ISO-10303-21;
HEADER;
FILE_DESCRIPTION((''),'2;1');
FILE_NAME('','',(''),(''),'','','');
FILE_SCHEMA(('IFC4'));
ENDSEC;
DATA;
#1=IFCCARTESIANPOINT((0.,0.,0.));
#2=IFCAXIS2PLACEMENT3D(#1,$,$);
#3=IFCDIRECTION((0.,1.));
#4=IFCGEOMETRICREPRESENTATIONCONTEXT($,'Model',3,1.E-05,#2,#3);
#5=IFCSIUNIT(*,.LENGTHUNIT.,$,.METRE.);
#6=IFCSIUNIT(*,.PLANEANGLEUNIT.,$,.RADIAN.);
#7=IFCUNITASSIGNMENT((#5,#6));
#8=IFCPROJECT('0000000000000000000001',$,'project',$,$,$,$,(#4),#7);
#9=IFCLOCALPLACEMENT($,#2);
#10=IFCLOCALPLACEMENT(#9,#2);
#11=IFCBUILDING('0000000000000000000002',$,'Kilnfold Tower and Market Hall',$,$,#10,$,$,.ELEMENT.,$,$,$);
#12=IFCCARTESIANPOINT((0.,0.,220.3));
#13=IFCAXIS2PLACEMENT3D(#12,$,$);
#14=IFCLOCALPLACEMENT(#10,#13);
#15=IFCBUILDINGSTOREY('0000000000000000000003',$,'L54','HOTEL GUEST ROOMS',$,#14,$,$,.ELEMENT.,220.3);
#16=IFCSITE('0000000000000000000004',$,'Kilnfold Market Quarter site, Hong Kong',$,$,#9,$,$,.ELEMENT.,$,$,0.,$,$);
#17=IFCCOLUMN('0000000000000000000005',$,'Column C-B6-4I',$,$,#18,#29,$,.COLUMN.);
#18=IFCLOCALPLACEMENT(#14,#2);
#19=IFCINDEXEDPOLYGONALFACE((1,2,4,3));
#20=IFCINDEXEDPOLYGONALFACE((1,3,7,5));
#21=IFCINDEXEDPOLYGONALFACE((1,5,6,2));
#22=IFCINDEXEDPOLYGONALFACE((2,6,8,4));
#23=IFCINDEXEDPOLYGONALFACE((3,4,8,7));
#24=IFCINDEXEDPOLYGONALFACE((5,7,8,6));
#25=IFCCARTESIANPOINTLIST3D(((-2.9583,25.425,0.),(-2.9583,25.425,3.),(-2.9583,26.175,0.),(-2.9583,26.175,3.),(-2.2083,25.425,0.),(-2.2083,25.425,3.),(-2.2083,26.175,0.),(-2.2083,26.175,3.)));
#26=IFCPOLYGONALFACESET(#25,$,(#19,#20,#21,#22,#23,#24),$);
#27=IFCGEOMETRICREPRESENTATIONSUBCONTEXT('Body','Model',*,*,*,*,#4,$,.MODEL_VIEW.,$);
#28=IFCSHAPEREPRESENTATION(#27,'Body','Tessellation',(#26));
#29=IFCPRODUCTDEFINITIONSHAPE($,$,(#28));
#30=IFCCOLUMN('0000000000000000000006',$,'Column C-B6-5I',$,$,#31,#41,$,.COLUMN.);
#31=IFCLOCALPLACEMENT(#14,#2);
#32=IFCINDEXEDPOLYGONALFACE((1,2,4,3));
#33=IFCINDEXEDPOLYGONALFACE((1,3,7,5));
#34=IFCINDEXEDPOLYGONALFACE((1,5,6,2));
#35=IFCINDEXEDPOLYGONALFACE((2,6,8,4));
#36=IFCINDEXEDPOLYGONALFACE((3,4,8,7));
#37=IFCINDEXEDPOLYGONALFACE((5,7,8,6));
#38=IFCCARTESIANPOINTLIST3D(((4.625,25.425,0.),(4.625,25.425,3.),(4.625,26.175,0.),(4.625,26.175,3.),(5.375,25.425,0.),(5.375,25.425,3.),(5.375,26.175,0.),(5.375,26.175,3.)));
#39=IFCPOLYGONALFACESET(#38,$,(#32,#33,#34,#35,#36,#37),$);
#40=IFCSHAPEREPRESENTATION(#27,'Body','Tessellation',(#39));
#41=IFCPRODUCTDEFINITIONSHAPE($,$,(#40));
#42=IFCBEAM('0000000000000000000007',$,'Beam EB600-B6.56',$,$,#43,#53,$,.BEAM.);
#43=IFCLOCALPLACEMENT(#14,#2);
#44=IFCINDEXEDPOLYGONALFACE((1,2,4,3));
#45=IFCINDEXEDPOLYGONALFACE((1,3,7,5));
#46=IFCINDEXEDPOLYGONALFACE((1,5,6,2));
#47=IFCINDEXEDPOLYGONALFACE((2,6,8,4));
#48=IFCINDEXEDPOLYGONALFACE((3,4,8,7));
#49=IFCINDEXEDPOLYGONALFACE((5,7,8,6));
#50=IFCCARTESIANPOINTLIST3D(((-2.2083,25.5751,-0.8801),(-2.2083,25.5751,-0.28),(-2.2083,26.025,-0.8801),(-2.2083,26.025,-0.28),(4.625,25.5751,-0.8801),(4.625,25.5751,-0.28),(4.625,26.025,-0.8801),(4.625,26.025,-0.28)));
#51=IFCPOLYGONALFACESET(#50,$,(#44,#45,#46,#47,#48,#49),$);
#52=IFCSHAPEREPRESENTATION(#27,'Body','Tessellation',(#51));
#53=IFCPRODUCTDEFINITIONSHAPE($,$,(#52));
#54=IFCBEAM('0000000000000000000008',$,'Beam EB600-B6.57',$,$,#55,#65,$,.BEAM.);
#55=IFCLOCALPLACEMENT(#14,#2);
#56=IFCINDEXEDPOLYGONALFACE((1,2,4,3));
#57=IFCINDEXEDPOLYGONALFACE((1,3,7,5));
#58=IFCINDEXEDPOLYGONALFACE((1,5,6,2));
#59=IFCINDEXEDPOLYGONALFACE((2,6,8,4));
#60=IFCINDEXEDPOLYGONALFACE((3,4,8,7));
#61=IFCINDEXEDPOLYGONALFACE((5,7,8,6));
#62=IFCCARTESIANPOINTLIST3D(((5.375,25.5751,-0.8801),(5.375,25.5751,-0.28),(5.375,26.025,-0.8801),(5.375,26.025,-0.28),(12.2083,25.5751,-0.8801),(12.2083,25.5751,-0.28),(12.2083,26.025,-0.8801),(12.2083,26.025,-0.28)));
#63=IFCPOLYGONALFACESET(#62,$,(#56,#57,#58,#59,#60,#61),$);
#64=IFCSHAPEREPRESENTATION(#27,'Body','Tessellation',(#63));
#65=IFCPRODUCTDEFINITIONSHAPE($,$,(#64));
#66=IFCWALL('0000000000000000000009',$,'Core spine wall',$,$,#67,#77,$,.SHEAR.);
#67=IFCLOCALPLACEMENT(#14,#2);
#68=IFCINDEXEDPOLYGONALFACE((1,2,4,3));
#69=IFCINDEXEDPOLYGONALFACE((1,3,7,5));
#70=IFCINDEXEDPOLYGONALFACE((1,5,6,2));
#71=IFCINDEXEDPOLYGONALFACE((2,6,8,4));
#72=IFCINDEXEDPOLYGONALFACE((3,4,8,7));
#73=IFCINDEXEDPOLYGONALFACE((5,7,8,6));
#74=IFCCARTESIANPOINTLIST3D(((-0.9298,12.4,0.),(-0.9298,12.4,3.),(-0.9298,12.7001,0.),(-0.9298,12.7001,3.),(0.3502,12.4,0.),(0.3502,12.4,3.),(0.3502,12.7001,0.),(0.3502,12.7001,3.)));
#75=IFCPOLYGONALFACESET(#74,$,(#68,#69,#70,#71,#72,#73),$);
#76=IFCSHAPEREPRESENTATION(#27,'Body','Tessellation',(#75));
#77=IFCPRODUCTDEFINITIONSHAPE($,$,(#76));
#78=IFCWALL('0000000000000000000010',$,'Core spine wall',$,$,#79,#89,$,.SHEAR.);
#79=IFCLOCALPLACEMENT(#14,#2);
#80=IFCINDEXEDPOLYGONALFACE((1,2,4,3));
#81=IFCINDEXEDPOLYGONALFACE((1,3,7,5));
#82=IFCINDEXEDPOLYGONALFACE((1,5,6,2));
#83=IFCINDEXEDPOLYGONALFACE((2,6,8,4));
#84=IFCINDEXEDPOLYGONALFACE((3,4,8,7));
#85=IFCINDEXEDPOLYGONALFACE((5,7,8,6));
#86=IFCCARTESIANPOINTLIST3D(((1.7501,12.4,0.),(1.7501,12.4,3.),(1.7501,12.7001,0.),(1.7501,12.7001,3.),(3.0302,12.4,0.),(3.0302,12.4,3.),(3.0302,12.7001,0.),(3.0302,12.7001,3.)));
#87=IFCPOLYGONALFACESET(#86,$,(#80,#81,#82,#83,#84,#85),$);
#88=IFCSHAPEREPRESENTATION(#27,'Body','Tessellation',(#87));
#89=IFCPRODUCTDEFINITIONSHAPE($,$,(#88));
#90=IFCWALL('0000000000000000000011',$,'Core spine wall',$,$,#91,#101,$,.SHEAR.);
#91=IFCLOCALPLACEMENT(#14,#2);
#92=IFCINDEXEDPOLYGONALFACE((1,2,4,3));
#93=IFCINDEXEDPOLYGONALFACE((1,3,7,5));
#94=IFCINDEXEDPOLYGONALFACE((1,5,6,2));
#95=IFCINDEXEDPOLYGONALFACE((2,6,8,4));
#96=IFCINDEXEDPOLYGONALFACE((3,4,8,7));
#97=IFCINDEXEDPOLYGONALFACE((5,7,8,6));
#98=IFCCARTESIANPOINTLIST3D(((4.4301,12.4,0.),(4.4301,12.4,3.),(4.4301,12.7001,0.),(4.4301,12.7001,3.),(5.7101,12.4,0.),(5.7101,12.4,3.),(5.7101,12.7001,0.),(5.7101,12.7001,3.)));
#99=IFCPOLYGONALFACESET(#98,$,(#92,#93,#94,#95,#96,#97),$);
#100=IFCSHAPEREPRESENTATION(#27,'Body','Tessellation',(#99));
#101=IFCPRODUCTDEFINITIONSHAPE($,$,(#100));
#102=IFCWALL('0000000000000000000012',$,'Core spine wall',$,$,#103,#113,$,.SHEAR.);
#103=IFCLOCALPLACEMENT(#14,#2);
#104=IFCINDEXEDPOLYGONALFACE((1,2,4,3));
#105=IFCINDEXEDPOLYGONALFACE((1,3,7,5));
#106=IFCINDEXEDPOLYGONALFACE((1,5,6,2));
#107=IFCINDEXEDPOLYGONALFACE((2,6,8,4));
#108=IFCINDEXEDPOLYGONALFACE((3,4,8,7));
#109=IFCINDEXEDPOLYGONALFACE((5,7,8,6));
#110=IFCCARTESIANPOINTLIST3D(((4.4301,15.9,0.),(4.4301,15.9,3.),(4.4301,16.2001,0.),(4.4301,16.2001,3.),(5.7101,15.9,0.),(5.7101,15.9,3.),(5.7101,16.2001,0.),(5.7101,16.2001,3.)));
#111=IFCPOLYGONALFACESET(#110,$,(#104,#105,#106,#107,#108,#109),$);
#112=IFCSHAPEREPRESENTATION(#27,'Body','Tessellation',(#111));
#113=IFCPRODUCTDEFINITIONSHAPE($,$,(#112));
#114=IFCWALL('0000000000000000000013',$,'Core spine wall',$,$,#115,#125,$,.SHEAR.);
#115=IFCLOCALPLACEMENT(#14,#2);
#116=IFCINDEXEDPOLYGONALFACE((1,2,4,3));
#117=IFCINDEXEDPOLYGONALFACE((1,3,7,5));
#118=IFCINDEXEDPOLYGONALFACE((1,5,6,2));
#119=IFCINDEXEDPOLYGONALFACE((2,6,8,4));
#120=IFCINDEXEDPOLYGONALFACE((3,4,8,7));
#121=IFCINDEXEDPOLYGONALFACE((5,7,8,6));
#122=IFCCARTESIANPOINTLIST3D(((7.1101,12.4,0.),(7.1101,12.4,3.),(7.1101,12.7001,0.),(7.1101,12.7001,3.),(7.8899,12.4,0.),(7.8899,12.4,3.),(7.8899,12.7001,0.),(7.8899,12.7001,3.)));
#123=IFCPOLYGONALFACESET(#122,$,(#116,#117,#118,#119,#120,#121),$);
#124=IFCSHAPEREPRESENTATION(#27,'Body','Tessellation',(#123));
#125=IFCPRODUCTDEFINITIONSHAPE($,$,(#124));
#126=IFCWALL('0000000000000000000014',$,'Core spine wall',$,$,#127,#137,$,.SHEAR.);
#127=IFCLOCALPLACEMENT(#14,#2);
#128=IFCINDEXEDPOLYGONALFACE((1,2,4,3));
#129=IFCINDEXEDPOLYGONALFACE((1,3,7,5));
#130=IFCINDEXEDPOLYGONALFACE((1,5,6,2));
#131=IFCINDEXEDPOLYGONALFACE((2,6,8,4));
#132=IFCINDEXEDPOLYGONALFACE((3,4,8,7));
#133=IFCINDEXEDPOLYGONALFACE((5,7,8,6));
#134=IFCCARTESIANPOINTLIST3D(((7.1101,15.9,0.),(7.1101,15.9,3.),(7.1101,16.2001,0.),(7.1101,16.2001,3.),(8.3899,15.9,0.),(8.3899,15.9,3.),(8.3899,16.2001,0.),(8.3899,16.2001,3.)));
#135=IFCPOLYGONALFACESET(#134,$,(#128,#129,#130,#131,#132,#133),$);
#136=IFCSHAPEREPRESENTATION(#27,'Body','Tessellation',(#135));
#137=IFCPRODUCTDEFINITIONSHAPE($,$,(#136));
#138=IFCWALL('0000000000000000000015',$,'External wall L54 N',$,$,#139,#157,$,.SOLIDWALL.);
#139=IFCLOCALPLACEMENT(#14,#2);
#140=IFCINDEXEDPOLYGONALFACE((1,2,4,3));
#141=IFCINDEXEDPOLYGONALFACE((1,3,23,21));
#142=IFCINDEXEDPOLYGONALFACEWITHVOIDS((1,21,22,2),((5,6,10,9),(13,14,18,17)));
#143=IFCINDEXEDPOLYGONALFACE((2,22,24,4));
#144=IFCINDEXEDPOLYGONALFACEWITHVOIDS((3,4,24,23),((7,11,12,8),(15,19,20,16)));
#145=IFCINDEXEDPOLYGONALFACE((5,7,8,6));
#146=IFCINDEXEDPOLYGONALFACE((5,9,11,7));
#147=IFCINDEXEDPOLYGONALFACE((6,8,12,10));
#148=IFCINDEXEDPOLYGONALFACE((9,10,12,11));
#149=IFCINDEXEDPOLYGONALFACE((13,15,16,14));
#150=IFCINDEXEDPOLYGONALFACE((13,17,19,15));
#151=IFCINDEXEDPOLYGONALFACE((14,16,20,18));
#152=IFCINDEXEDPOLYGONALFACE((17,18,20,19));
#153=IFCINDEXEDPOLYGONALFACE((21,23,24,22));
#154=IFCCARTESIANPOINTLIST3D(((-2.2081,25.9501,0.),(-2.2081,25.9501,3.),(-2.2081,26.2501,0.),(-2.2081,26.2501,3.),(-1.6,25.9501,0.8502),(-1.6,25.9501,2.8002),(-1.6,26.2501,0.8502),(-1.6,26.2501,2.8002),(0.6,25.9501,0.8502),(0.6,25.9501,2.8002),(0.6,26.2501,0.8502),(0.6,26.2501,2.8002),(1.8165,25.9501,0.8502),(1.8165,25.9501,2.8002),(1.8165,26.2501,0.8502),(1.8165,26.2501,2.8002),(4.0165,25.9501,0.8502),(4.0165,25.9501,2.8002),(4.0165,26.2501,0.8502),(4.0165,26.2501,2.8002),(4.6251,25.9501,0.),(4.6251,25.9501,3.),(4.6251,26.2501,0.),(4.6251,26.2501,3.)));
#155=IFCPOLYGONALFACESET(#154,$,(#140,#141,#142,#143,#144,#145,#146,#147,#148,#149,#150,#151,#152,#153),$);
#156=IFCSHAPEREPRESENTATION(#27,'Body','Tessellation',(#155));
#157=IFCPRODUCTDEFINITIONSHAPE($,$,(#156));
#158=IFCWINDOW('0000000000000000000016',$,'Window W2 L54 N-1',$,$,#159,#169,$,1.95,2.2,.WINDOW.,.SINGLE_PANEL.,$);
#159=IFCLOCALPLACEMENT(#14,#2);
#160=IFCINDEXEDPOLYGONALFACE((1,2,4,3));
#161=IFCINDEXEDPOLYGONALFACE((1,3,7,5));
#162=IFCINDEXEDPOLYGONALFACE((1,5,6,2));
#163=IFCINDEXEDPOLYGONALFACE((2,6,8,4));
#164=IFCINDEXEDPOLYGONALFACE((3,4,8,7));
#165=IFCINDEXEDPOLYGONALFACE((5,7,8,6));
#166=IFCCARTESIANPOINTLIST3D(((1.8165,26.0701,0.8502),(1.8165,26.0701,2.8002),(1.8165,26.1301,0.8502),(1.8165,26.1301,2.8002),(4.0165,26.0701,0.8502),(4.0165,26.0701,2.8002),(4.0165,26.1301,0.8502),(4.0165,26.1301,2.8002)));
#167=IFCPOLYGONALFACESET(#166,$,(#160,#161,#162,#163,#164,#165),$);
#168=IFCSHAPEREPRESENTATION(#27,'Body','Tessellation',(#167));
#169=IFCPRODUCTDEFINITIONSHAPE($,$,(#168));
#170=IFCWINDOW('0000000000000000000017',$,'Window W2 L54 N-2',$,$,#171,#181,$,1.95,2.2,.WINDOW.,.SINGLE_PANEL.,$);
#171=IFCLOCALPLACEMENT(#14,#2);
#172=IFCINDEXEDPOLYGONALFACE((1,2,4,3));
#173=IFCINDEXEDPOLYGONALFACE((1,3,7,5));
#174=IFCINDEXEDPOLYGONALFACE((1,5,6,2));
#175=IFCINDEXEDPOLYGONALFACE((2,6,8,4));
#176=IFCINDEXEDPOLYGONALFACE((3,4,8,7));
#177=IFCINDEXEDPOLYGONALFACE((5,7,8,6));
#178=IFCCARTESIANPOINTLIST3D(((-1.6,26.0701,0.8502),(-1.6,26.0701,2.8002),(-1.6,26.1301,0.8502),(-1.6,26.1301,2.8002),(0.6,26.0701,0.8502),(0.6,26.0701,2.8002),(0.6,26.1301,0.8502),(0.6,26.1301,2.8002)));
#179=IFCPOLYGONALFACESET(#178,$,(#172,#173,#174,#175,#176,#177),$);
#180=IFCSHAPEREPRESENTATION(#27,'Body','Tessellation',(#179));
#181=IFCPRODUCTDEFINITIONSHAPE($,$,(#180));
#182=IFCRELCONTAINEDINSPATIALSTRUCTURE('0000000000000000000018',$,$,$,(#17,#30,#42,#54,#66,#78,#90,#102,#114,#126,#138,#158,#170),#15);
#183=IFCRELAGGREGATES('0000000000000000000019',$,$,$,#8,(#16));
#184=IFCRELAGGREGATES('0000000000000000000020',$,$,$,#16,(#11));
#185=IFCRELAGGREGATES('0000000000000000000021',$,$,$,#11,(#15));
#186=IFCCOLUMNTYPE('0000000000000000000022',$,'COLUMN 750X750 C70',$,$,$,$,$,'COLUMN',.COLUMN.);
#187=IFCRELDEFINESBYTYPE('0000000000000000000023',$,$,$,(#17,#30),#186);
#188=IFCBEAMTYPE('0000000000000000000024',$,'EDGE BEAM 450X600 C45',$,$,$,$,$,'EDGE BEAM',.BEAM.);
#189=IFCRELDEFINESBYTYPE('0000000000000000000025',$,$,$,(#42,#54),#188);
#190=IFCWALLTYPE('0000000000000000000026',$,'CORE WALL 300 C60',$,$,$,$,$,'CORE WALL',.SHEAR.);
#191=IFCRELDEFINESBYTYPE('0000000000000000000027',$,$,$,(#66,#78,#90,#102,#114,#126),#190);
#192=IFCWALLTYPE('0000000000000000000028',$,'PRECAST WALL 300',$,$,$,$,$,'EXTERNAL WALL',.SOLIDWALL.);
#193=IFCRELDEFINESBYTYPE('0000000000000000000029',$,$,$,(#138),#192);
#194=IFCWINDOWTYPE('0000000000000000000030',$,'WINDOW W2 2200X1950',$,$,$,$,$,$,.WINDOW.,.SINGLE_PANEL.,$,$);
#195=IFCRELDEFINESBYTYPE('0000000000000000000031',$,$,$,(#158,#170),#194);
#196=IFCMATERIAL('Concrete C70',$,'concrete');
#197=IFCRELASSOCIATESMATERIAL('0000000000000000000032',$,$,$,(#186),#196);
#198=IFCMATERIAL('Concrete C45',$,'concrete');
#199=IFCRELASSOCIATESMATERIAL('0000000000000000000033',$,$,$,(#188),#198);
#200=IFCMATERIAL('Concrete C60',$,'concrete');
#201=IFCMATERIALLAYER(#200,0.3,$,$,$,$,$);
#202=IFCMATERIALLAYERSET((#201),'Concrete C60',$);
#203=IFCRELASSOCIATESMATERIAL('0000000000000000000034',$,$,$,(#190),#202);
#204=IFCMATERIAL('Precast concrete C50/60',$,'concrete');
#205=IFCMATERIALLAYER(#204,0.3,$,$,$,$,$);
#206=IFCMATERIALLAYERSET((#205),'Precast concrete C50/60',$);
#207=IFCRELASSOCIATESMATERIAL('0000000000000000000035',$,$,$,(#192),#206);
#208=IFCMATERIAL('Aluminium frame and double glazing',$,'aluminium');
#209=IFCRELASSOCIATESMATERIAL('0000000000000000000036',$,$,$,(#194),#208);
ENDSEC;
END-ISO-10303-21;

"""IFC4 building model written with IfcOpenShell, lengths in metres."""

from ifc_helpers import new_model, si_unit, direction, frame, frame_2d, origin, origin_2d, place, context, subcontext, project, spatial, rectangle, extrude, source, transform, mapped, material, layer, layer_set, material_profile, profile_set, type_object, element, fill, save


model = new_model("IFC4")

# Units and contexts
model_context = context("Model", 3, precision=1e-05, world=origin(), true_north=direction((0.0, 1.0)))
body_context = subcontext(model_context, "Body", "Model", "MODEL_VIEW")
ifc_project = project(units=[si_unit("LENGTHUNIT", "METRE"), si_unit("PLANEANGLEUNIT", "RADIAN")], contexts=[model_context])

# Site, building, storey
site_placement = place(None, origin())
site = spatial("IfcSite", under=ifc_project, at=site_placement, Name="Kilnfold Market Quarter site, Hong Kong", CompositionType="ELEMENT", RefElevation=0.0)
building_placement = place(site_placement, origin())
building = spatial("IfcBuilding", under=site, at=building_placement, Name="Kilnfold Tower and Market Hall", CompositionType="ELEMENT")
storey_placement = place(building_placement, frame((0.0, 0.0, 220.3)))
storey = spatial("IfcBuildingStorey", under=building, at=storey_placement, Name="L54", Description="HOTEL GUEST ROOMS", CompositionType="ELEMENT", Elevation=220.3)

# Columns
ifc_material_1 = material(Name="Concrete C70", Category="concrete")
ifc_material_profile_1 = material_profile(ifc_material_1, rectangle(XDim=0.75, YDim=0.75, at=origin_2d()), Name="RC 750x750")
ifc_profile_set_1 = profile_set([ifc_material_profile_1], Name="Concrete C70")
column_type = type_object("IfcColumnType", Name="COLUMN 750X750 C70", ElementType="COLUMN", PredefinedType="COLUMN", material=ifc_profile_set_1)
shared_shape_1 = source(origin(), body_context, "Body", "SweptSolid", [
    extrude(rectangle(XDim=0.75, YDim=0.75, at=origin_2d()), origin(), (0.0, 0.0, 1.0), 3.0),
])
for number, where, z_axis, x_axis, name in (
    (1, (-2.5833, 25.8, 0.0), (0.0, 0.0, 1.0), (1.0, 0.0, 0.0), "Column C-B6-4I"),
    (2, (5.0, 25.8, 0.0), (0.0, 0.0, 1.0), (1.0, 0.0, 0.0), "Column C-B6-5I"),
):
    element("IfcColumn", number, at=place(storey_placement, frame(where, z_axis=z_axis, x_axis=x_axis)), inside=storey, type_object=column_type, Name=name, PredefinedType="COLUMN", context=body_context, shape_type="MappedRepresentation", body=[
        mapped(shared_shape_1, transform((0.0, 0.0, 0.0))),
    ])

# Beams
ifc_material_2 = material(Name="Concrete C45", Category="concrete")
ifc_material_profile_2 = material_profile(ifc_material_2, rectangle(XDim=0.45, YDim=0.6001, at=origin_2d()), Name="RC 450x600")
ifc_profile_set_2 = profile_set([ifc_material_profile_2], Name="Concrete C45")
beam_type = type_object("IfcBeamType", Name="EDGE BEAM 450X600 C45", ElementType="EDGE BEAM", PredefinedType="BEAM", material=ifc_profile_set_2)
shared_shape_2 = source(origin(), body_context, "Body", "SweptSolid", [
    extrude(rectangle(XDim=0.45, YDim=0.6001, at=origin_2d()), origin(), (0.0, 0.0, 1.0), 6.8333),
])
for number, where, z_axis, x_axis, name in (
    (3, (-2.2083, 25.8, -0.5801), (1.0, 0.0, 0.0), (0.0, 1.0, 0.0), "Beam EB600-B6.56"),
    (4, (5.375, 25.8, -0.5801), (1.0, 0.0, 0.0), (0.0, 1.0, 0.0), "Beam EB600-B6.57"),
):
    element("IfcBeam", number, at=place(storey_placement, frame(where, z_axis=z_axis, x_axis=x_axis)), inside=storey, type_object=beam_type, Name=name, PredefinedType="BEAM", context=body_context, shape_type="MappedRepresentation", body=[
        mapped(shared_shape_2, transform((0.0, 0.0, 0.0))),
    ])

# Walls
ifc_material_3 = material(Name="Concrete C60", Category="concrete")
ifc_layer_1 = layer(ifc_material_3, 0.3)
ifc_layer_set_1 = layer_set([ifc_layer_1], Name="Concrete C60")
wall_type_1 = type_object("IfcWallType", Name="CORE WALL 300 C60", ElementType="CORE WALL", PredefinedType="SHEAR", material=ifc_layer_set_1)
shared_shape_3 = source(origin(), body_context, "Body", "SweptSolid", [
    extrude(rectangle(XDim=1.28, YDim=0.3, at=frame_2d((0.6401, 0.0))), origin(), (0.0, 0.0, 1.0), 3.0),
])
for number, where, z_axis, x_axis, name in (
    (5, (-0.9299, 12.55, 0.0), (0.0, 0.0, 1.0), (1.0, 0.0, 0.0), "Core spine wall"),
    (6, (1.75, 12.55, 0.0), (0.0, 0.0, 1.0), (1.0, 0.0, 0.0), "Core spine wall"),
    (7, (4.4299, 12.55, 0.0), (0.0, 0.0, 1.0), (1.0, 0.0, 0.0), "Core spine wall"),
    (8, (4.4299, 16.05, 0.0), (0.0, 0.0, 1.0), (1.0, 0.0, 0.0), "Core spine wall"),
):
    element("IfcWall", number, at=place(storey_placement, frame(where, z_axis=z_axis, x_axis=x_axis)), inside=storey, type_object=wall_type_1, Name=name, PredefinedType="SHEAR", context=body_context, shape_type="MappedRepresentation", body=[
        mapped(shared_shape_3, transform((0.0, 0.0, 0.0))),
    ])
shared_shape_4 = source(origin(), body_context, "Body", "SweptSolid", [
    extrude(rectangle(XDim=0.7798, YDim=0.3, at=frame_2d((0.3899, 0.0))), origin(), (0.0, 0.0, 1.0), 3.0),
])
wall_1_placement = place(storey_placement, frame((7.1101, 12.55, 0.0), z_axis=(0.0, 0.0, 1.0), x_axis=(1.0, 0.0, 0.0)))
element("IfcWall", 9, at=wall_1_placement, inside=storey, type_object=wall_type_1, Name="Core spine wall", PredefinedType="SHEAR", context=body_context, shape_type="MappedRepresentation", body=[
    mapped(shared_shape_4, transform((0.0, 0.0, 0.0))),
])
shared_shape_5 = source(origin(), body_context, "Body", "SweptSolid", [
    extrude(rectangle(XDim=1.2798, YDim=0.3, at=frame_2d((0.6399, 0.0))), origin(), (0.0, 0.0, 1.0), 3.0),
])
wall_2_placement = place(storey_placement, frame((7.1101, 16.05, 0.0), z_axis=(0.0, 0.0, 1.0), x_axis=(1.0, 0.0, 0.0)))
element("IfcWall", 10, at=wall_2_placement, inside=storey, type_object=wall_type_1, Name="Core spine wall", PredefinedType="SHEAR", context=body_context, shape_type="MappedRepresentation", body=[
    mapped(shared_shape_5, transform((0.0, 0.0, 0.0))),
])

# Wall, openings, windows
ifc_material_4 = material(Name="Precast concrete C50/60", Category="concrete")
ifc_layer_2 = layer(ifc_material_4, 0.3)
ifc_layer_set_2 = layer_set([ifc_layer_2], Name="Precast concrete C50/60")
wall_type_2 = type_object("IfcWallType", Name="PRECAST WALL 300", ElementType="EXTERNAL WALL", PredefinedType="SOLIDWALL", material=ifc_layer_set_2)
shared_shape_6 = source(origin(), body_context, "Body", "SweptSolid", [
    extrude(rectangle(XDim=6.8333, YDim=0.3, at=frame_2d((3.4165, 0.0))), origin(), (0.0, 0.0, 1.0), 3.0),
])
wall_3_placement = place(storey_placement, frame((4.625, 26.1001, 0.0), z_axis=(0.0, 0.0, 1.0), x_axis=(-1.0, 0.0, 0.0)))
wall_3 = element("IfcWall", 11, at=wall_3_placement, inside=storey, type_object=wall_type_2, Name="External wall L54 N", PredefinedType="SOLIDWALL", context=body_context, shape_type="MappedRepresentation", body=[
    mapped(shared_shape_6, transform((0.0, 0.0, 0.0))),
])
opening_1_placement = place(wall_3_placement, frame((0.6084, 0.0, 0.8501)))
opening_1 = element("IfcOpeningElement", 12, at=opening_1_placement, cuts=wall_3, PredefinedType="OPENING", context=body_context, shape_type="SweptSolid", body=[
    extrude(rectangle(XDim=2.2, YDim=1.95, at=frame_2d((1.1001, 0.9751))), frame((0.0, 0.1602, 0.0), z_axis=(0.0, -1.0, 0.0), x_axis=(1.0, 0.0, 0.0)), (0.0, 0.0, 1.0), 0.3201),
])
opening_2_placement = place(wall_3_placement, frame((4.0249, 0.0, 0.8501)))
opening_2 = element("IfcOpeningElement", 13, at=opening_2_placement, cuts=wall_3, PredefinedType="OPENING", context=body_context, shape_type="SweptSolid", body=[
    extrude(rectangle(XDim=2.2, YDim=1.95, at=frame_2d((1.1001, 0.9751))), frame((0.0, 0.1602, 0.0), z_axis=(0.0, -1.0, 0.0), x_axis=(1.0, 0.0, 0.0)), (0.0, 0.0, 1.0), 0.3201),
])
ifc_material_5 = material(Name="Aluminium frame and double glazing", Category="aluminium")
window_type = type_object("IfcWindowType", Name="WINDOW W2 2200X1950", PartitioningType="SINGLE_PANEL", PredefinedType="WINDOW", material=ifc_material_5)
window_1_placement = place(opening_1_placement, origin())
window_1 = element("IfcWindow", 14, at=window_1_placement, inside=storey, type_object=window_type, Name="Window W2 L54 N-1", OverallHeight=1.95, OverallWidth=2.2, PartitioningType="SINGLE_PANEL", PredefinedType="WINDOW", context=body_context, shape_type="SweptSolid", body=[
    extrude(rectangle(XDim=2.2, YDim=1.95, at=frame_2d((1.1001, 0.9751))), frame((0.0, 0.03, 0.0), z_axis=(0.0, -1.0, 0.0), x_axis=(1.0, 0.0, 0.0)), (0.0, 0.0, 1.0), 0.0601),
])
fill(opening_1, window_1)
window_2_placement = place(opening_2_placement, origin())
window_2 = element("IfcWindow", 15, at=window_2_placement, inside=storey, type_object=window_type, Name="Window W2 L54 N-2", OverallHeight=1.95, OverallWidth=2.2, PartitioningType="SINGLE_PANEL", PredefinedType="WINDOW", context=body_context, shape_type="SweptSolid", body=[
    extrude(rectangle(XDim=2.2, YDim=1.95, at=frame_2d((1.1001, 0.9751))), frame((0.0, 0.03, 0.0), z_axis=(0.0, -1.0, 0.0), x_axis=(1.0, 0.0, 0.0)), (0.0, 0.0, 1.0), 0.0601),
])
fill(opening_2, window_2)

save(model, "model.ifc")
